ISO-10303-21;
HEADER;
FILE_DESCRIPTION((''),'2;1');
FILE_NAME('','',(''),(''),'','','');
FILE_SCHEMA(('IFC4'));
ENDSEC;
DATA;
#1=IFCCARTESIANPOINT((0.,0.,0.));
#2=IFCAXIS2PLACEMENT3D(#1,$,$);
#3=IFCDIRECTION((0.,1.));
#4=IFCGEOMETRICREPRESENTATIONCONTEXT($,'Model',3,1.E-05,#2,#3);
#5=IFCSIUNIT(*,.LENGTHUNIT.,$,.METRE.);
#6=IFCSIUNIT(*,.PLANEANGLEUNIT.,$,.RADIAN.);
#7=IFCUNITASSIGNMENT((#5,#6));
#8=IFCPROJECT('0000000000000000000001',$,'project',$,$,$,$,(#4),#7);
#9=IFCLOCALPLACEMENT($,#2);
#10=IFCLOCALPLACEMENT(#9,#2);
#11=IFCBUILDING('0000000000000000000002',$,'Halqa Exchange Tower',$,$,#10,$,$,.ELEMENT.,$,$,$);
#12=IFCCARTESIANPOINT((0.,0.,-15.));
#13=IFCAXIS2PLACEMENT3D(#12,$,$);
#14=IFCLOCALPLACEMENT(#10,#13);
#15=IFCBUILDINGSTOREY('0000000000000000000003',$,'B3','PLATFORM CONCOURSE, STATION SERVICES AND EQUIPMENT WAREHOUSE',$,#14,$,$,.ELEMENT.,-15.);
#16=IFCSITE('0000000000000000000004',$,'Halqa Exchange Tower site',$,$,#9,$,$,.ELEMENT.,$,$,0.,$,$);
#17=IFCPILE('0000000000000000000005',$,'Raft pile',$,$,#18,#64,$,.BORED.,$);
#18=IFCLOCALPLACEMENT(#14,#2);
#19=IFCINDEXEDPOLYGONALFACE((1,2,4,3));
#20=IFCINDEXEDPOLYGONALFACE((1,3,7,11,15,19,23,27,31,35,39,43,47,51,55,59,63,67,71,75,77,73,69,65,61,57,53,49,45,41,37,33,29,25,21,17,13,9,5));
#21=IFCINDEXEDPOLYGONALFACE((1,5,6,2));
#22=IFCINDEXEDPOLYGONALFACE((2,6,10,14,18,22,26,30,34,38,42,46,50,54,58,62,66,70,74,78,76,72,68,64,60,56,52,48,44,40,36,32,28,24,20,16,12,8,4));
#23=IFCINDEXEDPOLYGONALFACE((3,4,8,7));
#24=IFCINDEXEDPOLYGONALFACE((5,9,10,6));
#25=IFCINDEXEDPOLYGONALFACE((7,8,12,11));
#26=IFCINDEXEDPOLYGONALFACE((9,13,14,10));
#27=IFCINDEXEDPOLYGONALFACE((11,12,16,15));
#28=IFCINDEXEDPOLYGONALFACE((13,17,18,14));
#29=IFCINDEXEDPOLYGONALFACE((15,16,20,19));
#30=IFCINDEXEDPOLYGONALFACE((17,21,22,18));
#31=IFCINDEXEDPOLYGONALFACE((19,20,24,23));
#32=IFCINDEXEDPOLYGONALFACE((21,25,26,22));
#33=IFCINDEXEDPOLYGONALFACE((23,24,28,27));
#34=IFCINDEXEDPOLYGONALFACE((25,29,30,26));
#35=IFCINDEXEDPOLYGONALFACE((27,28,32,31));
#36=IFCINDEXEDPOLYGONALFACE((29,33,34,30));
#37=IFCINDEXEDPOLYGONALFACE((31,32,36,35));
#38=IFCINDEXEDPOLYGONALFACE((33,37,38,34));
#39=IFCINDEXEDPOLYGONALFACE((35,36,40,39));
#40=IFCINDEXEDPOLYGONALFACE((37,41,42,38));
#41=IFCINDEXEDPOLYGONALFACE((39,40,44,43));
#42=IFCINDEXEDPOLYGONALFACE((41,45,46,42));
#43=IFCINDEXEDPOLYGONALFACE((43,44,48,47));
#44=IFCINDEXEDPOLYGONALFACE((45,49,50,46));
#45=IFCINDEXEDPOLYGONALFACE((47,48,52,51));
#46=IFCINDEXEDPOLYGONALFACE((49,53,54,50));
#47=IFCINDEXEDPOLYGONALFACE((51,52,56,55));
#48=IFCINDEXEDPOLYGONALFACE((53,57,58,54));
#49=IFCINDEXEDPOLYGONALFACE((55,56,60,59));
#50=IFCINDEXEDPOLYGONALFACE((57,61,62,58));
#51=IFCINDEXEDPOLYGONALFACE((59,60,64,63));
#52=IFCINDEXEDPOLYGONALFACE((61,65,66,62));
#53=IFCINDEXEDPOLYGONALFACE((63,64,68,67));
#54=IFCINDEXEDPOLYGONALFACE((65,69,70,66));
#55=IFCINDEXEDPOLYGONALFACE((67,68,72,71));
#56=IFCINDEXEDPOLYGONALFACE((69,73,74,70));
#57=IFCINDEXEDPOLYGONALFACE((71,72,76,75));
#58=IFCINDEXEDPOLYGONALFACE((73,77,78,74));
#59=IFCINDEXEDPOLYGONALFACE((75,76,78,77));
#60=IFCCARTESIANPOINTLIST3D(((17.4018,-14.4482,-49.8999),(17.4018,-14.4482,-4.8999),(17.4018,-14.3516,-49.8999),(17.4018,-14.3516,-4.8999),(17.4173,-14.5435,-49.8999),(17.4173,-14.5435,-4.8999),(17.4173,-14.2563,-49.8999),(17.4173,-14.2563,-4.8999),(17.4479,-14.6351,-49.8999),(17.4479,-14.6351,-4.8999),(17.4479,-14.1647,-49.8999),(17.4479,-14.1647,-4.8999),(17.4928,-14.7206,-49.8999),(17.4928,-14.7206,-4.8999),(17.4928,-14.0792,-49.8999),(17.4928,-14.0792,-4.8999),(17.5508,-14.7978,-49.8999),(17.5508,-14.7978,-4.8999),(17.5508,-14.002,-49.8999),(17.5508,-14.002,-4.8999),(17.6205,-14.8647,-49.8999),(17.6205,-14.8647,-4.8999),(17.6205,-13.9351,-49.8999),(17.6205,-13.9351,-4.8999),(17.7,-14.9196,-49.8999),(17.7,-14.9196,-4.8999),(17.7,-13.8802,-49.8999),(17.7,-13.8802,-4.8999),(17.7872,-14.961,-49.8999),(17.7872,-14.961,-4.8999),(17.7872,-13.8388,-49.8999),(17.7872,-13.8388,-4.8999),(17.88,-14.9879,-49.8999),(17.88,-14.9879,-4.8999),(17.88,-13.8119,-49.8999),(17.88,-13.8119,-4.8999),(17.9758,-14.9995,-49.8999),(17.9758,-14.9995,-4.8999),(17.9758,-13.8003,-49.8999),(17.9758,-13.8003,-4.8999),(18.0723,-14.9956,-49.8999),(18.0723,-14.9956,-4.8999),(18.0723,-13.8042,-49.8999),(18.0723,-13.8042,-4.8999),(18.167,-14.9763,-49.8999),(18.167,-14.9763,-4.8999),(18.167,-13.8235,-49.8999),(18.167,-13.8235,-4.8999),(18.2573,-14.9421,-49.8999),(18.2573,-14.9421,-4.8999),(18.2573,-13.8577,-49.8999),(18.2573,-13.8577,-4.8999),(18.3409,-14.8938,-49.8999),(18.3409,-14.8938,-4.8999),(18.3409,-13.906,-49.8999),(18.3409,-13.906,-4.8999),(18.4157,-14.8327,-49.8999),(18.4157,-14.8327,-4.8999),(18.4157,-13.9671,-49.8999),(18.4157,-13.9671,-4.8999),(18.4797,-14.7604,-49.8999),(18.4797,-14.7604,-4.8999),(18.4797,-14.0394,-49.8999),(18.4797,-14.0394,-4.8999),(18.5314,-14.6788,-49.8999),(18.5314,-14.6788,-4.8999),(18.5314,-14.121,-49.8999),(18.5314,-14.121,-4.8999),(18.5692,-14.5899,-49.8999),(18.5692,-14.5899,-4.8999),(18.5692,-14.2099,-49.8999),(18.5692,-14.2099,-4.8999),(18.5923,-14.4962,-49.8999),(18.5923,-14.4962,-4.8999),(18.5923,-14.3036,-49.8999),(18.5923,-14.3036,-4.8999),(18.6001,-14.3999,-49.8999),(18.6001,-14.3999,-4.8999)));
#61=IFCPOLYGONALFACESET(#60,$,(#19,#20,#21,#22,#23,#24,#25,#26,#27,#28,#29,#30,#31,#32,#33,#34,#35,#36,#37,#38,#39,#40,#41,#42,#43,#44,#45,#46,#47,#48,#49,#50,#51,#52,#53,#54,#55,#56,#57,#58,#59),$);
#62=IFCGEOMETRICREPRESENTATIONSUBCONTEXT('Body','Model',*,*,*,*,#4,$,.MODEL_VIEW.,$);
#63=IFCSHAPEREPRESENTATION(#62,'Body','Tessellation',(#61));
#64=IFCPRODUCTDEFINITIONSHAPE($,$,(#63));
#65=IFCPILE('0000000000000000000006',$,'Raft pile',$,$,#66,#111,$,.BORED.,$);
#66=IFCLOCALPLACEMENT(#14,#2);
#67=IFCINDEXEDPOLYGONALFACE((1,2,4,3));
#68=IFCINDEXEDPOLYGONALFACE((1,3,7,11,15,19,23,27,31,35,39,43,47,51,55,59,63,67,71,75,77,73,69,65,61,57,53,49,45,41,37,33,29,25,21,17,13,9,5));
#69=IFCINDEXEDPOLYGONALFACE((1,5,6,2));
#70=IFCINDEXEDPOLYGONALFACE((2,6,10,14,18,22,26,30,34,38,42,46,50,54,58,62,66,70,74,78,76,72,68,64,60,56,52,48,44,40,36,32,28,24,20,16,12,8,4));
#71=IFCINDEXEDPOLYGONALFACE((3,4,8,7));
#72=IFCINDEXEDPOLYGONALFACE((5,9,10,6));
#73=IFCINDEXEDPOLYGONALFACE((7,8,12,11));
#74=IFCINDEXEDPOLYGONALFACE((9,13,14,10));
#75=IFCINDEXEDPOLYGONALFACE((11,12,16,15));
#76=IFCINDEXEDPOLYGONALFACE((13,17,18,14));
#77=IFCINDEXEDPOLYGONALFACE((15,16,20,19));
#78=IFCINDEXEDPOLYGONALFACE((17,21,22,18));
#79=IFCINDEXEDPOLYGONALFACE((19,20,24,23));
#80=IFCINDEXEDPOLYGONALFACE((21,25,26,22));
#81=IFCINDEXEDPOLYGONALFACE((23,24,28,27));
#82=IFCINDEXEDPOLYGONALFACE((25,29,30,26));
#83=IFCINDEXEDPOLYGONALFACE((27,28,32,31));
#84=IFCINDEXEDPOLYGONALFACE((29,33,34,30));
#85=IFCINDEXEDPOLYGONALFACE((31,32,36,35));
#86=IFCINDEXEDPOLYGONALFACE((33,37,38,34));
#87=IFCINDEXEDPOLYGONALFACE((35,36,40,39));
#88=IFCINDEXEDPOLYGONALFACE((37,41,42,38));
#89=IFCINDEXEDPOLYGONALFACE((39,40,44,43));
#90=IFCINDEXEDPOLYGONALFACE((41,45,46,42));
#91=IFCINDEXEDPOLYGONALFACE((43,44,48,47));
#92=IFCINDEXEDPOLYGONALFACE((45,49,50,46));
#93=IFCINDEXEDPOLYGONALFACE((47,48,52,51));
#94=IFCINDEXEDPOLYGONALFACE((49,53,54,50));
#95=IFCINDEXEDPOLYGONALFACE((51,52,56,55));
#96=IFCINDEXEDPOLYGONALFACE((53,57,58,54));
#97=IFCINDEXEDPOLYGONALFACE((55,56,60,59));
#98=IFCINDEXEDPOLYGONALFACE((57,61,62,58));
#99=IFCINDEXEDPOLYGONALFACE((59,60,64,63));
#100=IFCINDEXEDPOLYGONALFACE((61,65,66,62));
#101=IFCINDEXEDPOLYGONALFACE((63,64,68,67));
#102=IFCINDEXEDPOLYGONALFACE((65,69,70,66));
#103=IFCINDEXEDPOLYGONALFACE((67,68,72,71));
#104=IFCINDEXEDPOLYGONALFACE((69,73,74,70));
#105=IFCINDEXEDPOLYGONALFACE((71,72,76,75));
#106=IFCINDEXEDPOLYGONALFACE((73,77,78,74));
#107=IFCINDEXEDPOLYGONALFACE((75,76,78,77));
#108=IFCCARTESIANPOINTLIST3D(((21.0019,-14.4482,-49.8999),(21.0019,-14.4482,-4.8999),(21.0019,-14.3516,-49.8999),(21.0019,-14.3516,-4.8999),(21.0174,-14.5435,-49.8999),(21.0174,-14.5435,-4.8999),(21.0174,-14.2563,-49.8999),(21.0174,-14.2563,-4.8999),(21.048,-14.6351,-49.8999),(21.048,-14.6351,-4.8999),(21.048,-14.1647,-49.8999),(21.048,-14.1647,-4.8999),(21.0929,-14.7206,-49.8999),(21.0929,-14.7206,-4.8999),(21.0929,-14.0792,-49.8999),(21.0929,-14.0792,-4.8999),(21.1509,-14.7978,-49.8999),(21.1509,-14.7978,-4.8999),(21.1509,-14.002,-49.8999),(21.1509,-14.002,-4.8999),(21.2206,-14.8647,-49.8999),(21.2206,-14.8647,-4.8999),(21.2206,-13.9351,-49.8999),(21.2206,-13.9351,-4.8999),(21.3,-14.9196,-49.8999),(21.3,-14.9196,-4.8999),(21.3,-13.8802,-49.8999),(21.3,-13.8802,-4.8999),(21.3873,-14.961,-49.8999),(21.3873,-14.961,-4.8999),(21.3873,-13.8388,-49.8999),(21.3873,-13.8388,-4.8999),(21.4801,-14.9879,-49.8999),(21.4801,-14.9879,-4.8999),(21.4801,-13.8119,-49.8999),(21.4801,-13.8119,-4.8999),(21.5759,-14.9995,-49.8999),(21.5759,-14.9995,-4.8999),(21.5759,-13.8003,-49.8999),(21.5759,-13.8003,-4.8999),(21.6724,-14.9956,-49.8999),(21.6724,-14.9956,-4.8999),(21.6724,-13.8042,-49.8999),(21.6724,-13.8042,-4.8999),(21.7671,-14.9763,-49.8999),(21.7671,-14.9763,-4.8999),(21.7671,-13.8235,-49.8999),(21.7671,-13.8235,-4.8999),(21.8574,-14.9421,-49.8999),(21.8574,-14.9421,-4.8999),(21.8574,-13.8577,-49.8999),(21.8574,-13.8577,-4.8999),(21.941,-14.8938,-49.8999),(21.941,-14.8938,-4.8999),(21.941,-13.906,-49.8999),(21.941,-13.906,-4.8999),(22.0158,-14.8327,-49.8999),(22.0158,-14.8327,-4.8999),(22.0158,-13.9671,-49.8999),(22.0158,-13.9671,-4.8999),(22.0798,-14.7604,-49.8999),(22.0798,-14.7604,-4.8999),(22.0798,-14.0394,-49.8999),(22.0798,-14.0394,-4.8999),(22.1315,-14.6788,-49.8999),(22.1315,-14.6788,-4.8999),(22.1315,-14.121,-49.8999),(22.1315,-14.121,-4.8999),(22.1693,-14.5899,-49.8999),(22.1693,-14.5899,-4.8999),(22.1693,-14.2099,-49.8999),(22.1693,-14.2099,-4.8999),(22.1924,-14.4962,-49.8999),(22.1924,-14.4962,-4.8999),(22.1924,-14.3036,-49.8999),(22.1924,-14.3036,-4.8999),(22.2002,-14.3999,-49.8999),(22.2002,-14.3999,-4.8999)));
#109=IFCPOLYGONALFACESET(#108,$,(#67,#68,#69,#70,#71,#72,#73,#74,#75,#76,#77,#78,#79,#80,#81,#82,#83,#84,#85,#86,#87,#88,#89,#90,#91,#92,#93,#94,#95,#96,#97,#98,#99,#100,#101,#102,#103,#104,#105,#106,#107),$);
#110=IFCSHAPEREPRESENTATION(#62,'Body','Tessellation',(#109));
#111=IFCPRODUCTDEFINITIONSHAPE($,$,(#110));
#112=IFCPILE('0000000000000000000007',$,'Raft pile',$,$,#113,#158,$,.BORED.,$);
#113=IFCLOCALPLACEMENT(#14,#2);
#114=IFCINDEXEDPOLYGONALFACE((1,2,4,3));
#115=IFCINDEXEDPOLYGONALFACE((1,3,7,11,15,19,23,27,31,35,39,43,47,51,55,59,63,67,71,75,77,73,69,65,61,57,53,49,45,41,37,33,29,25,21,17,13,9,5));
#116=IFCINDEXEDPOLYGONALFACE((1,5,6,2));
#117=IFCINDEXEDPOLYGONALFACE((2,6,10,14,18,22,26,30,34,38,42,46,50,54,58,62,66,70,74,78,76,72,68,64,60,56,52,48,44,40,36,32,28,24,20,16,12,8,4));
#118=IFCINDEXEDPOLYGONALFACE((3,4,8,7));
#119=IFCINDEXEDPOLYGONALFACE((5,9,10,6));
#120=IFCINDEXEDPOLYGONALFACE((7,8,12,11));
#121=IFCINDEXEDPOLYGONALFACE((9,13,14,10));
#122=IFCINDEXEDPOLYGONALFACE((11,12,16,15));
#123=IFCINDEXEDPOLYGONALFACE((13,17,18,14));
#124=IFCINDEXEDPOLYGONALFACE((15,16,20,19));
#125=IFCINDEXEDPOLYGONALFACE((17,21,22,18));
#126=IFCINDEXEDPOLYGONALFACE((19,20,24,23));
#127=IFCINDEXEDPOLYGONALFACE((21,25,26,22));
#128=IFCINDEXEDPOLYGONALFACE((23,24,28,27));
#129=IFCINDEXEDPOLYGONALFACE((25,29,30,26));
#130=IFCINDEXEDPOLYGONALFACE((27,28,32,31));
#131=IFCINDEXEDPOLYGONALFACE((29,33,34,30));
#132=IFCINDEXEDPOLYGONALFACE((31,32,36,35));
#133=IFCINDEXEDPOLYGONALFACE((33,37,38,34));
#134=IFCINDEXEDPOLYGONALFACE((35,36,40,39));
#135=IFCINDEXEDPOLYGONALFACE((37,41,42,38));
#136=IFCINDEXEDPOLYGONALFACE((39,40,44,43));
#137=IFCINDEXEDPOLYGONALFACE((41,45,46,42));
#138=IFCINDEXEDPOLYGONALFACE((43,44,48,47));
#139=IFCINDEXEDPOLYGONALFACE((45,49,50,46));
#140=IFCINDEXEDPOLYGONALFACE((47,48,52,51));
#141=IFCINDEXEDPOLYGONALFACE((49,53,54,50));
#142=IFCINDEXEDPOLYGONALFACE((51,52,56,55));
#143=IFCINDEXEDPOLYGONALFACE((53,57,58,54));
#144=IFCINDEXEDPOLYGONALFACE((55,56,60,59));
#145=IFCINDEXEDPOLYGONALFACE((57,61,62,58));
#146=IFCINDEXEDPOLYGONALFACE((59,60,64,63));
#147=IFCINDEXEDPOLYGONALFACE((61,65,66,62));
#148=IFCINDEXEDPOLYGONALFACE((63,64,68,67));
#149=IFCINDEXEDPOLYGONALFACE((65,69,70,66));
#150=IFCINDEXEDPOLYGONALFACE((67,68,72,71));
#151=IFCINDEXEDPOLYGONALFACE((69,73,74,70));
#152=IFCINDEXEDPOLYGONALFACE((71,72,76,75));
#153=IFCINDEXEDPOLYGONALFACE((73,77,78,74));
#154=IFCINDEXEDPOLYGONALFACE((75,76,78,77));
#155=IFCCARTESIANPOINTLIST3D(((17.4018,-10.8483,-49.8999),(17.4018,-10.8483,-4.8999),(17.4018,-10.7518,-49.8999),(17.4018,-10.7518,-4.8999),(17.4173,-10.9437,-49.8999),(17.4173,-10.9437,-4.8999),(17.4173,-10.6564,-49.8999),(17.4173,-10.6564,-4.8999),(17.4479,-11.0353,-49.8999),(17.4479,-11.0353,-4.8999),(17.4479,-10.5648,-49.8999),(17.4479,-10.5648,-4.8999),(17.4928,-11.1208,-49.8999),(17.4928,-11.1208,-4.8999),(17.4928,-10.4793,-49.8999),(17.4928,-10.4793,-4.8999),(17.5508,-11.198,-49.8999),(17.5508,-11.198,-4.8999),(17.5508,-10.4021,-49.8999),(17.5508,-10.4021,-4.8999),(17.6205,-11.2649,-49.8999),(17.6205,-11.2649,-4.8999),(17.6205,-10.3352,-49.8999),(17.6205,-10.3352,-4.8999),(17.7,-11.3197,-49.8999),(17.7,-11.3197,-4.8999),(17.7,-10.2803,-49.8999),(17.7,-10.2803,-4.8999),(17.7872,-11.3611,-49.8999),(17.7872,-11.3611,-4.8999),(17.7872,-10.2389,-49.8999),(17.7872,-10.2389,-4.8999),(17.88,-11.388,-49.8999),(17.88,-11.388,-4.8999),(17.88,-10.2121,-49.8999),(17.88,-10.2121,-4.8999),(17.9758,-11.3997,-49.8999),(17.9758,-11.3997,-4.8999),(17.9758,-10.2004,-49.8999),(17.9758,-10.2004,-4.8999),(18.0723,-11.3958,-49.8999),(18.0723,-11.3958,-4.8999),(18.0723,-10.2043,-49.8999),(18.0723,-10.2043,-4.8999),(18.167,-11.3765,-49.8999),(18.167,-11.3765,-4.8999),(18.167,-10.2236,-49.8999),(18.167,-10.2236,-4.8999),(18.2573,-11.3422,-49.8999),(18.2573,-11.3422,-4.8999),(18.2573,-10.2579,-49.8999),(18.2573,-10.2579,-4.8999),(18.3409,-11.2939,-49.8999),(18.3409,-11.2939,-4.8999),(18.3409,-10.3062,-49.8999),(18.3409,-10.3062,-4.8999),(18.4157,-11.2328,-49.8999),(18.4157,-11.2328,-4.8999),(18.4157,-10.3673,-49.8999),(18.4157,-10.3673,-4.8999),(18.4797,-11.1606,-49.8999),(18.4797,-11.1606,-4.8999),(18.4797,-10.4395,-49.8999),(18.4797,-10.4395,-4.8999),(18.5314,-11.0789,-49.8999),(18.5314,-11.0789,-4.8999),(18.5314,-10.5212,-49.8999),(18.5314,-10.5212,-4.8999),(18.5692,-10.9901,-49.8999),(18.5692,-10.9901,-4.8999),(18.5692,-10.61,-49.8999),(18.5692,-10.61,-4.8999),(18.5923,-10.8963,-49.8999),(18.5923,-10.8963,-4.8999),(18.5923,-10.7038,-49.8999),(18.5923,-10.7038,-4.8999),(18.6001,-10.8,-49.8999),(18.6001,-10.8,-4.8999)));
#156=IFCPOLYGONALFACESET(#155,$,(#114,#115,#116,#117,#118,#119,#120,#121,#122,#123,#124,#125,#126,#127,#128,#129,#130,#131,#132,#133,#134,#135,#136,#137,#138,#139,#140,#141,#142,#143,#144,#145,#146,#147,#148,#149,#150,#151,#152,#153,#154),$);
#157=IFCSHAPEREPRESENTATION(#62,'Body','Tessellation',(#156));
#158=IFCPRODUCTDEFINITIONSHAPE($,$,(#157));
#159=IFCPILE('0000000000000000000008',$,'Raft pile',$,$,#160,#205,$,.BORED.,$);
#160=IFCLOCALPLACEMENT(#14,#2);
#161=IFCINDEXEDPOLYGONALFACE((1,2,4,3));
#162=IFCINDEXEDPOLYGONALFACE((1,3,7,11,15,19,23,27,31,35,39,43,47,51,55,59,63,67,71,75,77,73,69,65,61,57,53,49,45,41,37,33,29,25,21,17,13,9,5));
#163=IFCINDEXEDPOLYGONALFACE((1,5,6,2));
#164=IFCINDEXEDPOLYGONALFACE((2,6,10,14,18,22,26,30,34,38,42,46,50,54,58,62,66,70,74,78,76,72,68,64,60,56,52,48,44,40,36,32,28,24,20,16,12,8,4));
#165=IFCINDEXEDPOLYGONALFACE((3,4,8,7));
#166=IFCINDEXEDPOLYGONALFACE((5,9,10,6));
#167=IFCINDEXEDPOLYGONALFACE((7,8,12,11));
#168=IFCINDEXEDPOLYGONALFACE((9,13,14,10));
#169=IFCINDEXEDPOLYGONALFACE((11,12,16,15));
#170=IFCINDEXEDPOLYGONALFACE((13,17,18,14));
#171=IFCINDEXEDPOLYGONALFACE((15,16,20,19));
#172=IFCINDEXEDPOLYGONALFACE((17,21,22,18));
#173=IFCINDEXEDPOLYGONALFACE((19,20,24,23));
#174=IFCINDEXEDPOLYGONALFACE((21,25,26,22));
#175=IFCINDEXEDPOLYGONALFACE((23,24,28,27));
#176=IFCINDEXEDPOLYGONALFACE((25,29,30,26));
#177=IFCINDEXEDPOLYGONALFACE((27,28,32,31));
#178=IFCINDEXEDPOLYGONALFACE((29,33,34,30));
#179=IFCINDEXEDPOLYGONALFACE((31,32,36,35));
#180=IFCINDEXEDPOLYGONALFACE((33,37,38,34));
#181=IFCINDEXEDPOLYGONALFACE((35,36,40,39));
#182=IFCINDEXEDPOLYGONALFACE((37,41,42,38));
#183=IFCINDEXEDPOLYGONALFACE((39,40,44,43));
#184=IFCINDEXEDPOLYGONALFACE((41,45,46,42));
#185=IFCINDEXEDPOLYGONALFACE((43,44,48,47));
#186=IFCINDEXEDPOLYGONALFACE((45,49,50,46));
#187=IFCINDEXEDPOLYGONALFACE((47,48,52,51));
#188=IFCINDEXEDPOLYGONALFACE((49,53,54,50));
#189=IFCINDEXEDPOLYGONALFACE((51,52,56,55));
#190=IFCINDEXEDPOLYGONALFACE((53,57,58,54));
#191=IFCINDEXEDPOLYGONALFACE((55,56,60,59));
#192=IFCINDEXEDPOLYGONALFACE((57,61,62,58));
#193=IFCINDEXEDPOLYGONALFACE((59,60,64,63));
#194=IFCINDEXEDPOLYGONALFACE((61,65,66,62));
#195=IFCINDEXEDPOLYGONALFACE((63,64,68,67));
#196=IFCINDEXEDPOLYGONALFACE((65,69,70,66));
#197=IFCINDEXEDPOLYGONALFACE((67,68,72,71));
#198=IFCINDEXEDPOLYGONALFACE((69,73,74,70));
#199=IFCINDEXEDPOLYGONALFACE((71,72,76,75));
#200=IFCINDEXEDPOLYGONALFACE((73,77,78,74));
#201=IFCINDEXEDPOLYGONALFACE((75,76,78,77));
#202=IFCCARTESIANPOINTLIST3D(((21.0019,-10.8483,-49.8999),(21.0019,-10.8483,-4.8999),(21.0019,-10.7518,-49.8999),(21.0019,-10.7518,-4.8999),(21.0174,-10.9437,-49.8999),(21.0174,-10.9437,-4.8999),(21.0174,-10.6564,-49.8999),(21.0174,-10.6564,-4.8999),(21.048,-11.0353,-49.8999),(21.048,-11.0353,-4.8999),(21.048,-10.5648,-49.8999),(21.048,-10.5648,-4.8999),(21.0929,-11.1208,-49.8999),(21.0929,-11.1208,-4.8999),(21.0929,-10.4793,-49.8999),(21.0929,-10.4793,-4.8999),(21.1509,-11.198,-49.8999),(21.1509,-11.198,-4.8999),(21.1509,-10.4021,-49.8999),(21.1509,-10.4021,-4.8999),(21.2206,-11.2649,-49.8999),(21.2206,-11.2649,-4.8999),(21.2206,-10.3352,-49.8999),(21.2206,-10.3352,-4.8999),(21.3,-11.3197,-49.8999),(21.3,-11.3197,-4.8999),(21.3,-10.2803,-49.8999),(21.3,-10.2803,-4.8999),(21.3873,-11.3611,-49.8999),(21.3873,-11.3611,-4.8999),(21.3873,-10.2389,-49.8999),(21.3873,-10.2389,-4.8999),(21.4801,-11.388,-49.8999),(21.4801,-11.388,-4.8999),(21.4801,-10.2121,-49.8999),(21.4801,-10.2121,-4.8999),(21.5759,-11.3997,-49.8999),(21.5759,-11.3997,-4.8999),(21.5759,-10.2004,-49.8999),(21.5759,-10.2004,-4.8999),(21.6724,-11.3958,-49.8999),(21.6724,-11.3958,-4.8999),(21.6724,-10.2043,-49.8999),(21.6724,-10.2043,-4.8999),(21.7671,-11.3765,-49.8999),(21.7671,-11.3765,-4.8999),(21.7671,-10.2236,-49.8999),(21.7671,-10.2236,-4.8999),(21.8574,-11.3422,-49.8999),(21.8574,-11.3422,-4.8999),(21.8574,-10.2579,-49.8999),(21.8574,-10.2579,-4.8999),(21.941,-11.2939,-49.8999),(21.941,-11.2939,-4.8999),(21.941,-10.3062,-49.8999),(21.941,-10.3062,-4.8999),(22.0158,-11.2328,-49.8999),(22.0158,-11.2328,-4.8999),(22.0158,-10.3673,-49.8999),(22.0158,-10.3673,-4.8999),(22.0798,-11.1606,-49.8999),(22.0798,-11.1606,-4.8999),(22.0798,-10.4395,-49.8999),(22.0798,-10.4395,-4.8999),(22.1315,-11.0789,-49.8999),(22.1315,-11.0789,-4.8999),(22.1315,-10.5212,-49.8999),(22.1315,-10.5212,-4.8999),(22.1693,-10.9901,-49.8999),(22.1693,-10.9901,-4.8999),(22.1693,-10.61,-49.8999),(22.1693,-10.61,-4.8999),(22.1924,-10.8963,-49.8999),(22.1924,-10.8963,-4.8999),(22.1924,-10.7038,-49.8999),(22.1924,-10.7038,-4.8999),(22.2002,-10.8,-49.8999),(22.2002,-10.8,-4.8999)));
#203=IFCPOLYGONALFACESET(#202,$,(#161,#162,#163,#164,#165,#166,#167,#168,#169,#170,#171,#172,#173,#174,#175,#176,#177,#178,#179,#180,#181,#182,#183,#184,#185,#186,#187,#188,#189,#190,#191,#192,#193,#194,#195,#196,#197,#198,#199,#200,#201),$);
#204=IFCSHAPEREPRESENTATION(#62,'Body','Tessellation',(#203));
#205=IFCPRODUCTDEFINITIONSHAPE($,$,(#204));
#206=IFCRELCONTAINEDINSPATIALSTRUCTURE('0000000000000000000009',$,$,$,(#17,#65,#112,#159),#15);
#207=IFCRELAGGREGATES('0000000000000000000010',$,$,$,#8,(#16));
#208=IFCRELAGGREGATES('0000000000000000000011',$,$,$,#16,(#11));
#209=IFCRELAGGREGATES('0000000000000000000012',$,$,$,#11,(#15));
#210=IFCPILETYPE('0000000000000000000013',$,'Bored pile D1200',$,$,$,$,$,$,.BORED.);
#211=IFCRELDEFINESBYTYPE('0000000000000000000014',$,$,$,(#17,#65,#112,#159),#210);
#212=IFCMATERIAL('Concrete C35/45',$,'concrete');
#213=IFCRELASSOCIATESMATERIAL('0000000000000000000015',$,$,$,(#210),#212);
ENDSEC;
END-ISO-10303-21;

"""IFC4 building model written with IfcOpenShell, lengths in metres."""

from ifc_helpers import new_model, si_unit, direction, frame, origin, origin_2d, place, context, subcontext, project, spatial, circle, extrude, material, material_profile, profile_set, type_object, element, save


model = new_model("IFC4")

# Units and contexts
model_context = context("Model", 3, precision=1e-05, world=origin(), true_north=direction((0.0, 1.0)))
body_context = subcontext(model_context, "Body", "Model", "MODEL_VIEW")
ifc_project = project(units=[si_unit("LENGTHUNIT", "METRE"), si_unit("PLANEANGLEUNIT", "RADIAN")], contexts=[model_context])

# Site, building, storey
site_placement = place(None, origin())
site = spatial("IfcSite", under=ifc_project, at=site_placement, Name="Halqa Exchange Tower site", CompositionType="ELEMENT", RefElevation=0.0)
building_placement = place(site_placement, origin())
building = spatial("IfcBuilding", under=site, at=building_placement, Name="Halqa Exchange Tower", CompositionType="ELEMENT")
storey_placement = place(building_placement, frame((0.0, 0.0, -15.0)))
storey = spatial("IfcBuildingStorey", under=building, at=storey_placement, Name="B3", Description="PLATFORM CONCOURSE, STATION SERVICES AND EQUIPMENT WAREHOUSE", CompositionType="ELEMENT", Elevation=-15.0)

# Piles
ifc_material_1 = material(Name="Concrete C35/45", Category="concrete")
ifc_material_profile_1 = material_profile(ifc_material_1, circle(Radius=0.6001, at=origin_2d()), Name="D1200")
ifc_profile_set_1 = profile_set([ifc_material_profile_1], Name="Concrete C35/45")
pile_type_1 = type_object("IfcPileType", Name="Bored pile D1200", PredefinedType="BORED", material=ifc_profile_set_1)
for number, where, z_axis, x_axis, name in (
    (1, (18.0, -14.3999, -4.8999), (0.0, 0.0, -1.0), (1.0, 0.0, 0.0), "Raft pile"),
    (2, (21.6001, -14.3999, -4.8999), (0.0, 0.0, -1.0), (1.0, 0.0, 0.0), "Raft pile"),
    (3, (18.0, -10.8, -4.8999), (0.0, 0.0, -1.0), (1.0, 0.0, 0.0), "Raft pile"),
    (4, (21.6001, -10.8, -4.8999), (0.0, 0.0, -1.0), (1.0, 0.0, 0.0), "Raft pile"),
):
    element("IfcPile", number, at=place(storey_placement, frame(where, z_axis=z_axis, x_axis=x_axis)), inside=storey, type_object=pile_type_1, Name=name, PredefinedType="BORED", context=body_context, shape_type="SweptSolid", body=[
        extrude(circle(Radius=0.6001, at=origin_2d()), origin(), (0.0, 0.0, 1.0), 45.0),
    ])

save(model, "model.ifc")
